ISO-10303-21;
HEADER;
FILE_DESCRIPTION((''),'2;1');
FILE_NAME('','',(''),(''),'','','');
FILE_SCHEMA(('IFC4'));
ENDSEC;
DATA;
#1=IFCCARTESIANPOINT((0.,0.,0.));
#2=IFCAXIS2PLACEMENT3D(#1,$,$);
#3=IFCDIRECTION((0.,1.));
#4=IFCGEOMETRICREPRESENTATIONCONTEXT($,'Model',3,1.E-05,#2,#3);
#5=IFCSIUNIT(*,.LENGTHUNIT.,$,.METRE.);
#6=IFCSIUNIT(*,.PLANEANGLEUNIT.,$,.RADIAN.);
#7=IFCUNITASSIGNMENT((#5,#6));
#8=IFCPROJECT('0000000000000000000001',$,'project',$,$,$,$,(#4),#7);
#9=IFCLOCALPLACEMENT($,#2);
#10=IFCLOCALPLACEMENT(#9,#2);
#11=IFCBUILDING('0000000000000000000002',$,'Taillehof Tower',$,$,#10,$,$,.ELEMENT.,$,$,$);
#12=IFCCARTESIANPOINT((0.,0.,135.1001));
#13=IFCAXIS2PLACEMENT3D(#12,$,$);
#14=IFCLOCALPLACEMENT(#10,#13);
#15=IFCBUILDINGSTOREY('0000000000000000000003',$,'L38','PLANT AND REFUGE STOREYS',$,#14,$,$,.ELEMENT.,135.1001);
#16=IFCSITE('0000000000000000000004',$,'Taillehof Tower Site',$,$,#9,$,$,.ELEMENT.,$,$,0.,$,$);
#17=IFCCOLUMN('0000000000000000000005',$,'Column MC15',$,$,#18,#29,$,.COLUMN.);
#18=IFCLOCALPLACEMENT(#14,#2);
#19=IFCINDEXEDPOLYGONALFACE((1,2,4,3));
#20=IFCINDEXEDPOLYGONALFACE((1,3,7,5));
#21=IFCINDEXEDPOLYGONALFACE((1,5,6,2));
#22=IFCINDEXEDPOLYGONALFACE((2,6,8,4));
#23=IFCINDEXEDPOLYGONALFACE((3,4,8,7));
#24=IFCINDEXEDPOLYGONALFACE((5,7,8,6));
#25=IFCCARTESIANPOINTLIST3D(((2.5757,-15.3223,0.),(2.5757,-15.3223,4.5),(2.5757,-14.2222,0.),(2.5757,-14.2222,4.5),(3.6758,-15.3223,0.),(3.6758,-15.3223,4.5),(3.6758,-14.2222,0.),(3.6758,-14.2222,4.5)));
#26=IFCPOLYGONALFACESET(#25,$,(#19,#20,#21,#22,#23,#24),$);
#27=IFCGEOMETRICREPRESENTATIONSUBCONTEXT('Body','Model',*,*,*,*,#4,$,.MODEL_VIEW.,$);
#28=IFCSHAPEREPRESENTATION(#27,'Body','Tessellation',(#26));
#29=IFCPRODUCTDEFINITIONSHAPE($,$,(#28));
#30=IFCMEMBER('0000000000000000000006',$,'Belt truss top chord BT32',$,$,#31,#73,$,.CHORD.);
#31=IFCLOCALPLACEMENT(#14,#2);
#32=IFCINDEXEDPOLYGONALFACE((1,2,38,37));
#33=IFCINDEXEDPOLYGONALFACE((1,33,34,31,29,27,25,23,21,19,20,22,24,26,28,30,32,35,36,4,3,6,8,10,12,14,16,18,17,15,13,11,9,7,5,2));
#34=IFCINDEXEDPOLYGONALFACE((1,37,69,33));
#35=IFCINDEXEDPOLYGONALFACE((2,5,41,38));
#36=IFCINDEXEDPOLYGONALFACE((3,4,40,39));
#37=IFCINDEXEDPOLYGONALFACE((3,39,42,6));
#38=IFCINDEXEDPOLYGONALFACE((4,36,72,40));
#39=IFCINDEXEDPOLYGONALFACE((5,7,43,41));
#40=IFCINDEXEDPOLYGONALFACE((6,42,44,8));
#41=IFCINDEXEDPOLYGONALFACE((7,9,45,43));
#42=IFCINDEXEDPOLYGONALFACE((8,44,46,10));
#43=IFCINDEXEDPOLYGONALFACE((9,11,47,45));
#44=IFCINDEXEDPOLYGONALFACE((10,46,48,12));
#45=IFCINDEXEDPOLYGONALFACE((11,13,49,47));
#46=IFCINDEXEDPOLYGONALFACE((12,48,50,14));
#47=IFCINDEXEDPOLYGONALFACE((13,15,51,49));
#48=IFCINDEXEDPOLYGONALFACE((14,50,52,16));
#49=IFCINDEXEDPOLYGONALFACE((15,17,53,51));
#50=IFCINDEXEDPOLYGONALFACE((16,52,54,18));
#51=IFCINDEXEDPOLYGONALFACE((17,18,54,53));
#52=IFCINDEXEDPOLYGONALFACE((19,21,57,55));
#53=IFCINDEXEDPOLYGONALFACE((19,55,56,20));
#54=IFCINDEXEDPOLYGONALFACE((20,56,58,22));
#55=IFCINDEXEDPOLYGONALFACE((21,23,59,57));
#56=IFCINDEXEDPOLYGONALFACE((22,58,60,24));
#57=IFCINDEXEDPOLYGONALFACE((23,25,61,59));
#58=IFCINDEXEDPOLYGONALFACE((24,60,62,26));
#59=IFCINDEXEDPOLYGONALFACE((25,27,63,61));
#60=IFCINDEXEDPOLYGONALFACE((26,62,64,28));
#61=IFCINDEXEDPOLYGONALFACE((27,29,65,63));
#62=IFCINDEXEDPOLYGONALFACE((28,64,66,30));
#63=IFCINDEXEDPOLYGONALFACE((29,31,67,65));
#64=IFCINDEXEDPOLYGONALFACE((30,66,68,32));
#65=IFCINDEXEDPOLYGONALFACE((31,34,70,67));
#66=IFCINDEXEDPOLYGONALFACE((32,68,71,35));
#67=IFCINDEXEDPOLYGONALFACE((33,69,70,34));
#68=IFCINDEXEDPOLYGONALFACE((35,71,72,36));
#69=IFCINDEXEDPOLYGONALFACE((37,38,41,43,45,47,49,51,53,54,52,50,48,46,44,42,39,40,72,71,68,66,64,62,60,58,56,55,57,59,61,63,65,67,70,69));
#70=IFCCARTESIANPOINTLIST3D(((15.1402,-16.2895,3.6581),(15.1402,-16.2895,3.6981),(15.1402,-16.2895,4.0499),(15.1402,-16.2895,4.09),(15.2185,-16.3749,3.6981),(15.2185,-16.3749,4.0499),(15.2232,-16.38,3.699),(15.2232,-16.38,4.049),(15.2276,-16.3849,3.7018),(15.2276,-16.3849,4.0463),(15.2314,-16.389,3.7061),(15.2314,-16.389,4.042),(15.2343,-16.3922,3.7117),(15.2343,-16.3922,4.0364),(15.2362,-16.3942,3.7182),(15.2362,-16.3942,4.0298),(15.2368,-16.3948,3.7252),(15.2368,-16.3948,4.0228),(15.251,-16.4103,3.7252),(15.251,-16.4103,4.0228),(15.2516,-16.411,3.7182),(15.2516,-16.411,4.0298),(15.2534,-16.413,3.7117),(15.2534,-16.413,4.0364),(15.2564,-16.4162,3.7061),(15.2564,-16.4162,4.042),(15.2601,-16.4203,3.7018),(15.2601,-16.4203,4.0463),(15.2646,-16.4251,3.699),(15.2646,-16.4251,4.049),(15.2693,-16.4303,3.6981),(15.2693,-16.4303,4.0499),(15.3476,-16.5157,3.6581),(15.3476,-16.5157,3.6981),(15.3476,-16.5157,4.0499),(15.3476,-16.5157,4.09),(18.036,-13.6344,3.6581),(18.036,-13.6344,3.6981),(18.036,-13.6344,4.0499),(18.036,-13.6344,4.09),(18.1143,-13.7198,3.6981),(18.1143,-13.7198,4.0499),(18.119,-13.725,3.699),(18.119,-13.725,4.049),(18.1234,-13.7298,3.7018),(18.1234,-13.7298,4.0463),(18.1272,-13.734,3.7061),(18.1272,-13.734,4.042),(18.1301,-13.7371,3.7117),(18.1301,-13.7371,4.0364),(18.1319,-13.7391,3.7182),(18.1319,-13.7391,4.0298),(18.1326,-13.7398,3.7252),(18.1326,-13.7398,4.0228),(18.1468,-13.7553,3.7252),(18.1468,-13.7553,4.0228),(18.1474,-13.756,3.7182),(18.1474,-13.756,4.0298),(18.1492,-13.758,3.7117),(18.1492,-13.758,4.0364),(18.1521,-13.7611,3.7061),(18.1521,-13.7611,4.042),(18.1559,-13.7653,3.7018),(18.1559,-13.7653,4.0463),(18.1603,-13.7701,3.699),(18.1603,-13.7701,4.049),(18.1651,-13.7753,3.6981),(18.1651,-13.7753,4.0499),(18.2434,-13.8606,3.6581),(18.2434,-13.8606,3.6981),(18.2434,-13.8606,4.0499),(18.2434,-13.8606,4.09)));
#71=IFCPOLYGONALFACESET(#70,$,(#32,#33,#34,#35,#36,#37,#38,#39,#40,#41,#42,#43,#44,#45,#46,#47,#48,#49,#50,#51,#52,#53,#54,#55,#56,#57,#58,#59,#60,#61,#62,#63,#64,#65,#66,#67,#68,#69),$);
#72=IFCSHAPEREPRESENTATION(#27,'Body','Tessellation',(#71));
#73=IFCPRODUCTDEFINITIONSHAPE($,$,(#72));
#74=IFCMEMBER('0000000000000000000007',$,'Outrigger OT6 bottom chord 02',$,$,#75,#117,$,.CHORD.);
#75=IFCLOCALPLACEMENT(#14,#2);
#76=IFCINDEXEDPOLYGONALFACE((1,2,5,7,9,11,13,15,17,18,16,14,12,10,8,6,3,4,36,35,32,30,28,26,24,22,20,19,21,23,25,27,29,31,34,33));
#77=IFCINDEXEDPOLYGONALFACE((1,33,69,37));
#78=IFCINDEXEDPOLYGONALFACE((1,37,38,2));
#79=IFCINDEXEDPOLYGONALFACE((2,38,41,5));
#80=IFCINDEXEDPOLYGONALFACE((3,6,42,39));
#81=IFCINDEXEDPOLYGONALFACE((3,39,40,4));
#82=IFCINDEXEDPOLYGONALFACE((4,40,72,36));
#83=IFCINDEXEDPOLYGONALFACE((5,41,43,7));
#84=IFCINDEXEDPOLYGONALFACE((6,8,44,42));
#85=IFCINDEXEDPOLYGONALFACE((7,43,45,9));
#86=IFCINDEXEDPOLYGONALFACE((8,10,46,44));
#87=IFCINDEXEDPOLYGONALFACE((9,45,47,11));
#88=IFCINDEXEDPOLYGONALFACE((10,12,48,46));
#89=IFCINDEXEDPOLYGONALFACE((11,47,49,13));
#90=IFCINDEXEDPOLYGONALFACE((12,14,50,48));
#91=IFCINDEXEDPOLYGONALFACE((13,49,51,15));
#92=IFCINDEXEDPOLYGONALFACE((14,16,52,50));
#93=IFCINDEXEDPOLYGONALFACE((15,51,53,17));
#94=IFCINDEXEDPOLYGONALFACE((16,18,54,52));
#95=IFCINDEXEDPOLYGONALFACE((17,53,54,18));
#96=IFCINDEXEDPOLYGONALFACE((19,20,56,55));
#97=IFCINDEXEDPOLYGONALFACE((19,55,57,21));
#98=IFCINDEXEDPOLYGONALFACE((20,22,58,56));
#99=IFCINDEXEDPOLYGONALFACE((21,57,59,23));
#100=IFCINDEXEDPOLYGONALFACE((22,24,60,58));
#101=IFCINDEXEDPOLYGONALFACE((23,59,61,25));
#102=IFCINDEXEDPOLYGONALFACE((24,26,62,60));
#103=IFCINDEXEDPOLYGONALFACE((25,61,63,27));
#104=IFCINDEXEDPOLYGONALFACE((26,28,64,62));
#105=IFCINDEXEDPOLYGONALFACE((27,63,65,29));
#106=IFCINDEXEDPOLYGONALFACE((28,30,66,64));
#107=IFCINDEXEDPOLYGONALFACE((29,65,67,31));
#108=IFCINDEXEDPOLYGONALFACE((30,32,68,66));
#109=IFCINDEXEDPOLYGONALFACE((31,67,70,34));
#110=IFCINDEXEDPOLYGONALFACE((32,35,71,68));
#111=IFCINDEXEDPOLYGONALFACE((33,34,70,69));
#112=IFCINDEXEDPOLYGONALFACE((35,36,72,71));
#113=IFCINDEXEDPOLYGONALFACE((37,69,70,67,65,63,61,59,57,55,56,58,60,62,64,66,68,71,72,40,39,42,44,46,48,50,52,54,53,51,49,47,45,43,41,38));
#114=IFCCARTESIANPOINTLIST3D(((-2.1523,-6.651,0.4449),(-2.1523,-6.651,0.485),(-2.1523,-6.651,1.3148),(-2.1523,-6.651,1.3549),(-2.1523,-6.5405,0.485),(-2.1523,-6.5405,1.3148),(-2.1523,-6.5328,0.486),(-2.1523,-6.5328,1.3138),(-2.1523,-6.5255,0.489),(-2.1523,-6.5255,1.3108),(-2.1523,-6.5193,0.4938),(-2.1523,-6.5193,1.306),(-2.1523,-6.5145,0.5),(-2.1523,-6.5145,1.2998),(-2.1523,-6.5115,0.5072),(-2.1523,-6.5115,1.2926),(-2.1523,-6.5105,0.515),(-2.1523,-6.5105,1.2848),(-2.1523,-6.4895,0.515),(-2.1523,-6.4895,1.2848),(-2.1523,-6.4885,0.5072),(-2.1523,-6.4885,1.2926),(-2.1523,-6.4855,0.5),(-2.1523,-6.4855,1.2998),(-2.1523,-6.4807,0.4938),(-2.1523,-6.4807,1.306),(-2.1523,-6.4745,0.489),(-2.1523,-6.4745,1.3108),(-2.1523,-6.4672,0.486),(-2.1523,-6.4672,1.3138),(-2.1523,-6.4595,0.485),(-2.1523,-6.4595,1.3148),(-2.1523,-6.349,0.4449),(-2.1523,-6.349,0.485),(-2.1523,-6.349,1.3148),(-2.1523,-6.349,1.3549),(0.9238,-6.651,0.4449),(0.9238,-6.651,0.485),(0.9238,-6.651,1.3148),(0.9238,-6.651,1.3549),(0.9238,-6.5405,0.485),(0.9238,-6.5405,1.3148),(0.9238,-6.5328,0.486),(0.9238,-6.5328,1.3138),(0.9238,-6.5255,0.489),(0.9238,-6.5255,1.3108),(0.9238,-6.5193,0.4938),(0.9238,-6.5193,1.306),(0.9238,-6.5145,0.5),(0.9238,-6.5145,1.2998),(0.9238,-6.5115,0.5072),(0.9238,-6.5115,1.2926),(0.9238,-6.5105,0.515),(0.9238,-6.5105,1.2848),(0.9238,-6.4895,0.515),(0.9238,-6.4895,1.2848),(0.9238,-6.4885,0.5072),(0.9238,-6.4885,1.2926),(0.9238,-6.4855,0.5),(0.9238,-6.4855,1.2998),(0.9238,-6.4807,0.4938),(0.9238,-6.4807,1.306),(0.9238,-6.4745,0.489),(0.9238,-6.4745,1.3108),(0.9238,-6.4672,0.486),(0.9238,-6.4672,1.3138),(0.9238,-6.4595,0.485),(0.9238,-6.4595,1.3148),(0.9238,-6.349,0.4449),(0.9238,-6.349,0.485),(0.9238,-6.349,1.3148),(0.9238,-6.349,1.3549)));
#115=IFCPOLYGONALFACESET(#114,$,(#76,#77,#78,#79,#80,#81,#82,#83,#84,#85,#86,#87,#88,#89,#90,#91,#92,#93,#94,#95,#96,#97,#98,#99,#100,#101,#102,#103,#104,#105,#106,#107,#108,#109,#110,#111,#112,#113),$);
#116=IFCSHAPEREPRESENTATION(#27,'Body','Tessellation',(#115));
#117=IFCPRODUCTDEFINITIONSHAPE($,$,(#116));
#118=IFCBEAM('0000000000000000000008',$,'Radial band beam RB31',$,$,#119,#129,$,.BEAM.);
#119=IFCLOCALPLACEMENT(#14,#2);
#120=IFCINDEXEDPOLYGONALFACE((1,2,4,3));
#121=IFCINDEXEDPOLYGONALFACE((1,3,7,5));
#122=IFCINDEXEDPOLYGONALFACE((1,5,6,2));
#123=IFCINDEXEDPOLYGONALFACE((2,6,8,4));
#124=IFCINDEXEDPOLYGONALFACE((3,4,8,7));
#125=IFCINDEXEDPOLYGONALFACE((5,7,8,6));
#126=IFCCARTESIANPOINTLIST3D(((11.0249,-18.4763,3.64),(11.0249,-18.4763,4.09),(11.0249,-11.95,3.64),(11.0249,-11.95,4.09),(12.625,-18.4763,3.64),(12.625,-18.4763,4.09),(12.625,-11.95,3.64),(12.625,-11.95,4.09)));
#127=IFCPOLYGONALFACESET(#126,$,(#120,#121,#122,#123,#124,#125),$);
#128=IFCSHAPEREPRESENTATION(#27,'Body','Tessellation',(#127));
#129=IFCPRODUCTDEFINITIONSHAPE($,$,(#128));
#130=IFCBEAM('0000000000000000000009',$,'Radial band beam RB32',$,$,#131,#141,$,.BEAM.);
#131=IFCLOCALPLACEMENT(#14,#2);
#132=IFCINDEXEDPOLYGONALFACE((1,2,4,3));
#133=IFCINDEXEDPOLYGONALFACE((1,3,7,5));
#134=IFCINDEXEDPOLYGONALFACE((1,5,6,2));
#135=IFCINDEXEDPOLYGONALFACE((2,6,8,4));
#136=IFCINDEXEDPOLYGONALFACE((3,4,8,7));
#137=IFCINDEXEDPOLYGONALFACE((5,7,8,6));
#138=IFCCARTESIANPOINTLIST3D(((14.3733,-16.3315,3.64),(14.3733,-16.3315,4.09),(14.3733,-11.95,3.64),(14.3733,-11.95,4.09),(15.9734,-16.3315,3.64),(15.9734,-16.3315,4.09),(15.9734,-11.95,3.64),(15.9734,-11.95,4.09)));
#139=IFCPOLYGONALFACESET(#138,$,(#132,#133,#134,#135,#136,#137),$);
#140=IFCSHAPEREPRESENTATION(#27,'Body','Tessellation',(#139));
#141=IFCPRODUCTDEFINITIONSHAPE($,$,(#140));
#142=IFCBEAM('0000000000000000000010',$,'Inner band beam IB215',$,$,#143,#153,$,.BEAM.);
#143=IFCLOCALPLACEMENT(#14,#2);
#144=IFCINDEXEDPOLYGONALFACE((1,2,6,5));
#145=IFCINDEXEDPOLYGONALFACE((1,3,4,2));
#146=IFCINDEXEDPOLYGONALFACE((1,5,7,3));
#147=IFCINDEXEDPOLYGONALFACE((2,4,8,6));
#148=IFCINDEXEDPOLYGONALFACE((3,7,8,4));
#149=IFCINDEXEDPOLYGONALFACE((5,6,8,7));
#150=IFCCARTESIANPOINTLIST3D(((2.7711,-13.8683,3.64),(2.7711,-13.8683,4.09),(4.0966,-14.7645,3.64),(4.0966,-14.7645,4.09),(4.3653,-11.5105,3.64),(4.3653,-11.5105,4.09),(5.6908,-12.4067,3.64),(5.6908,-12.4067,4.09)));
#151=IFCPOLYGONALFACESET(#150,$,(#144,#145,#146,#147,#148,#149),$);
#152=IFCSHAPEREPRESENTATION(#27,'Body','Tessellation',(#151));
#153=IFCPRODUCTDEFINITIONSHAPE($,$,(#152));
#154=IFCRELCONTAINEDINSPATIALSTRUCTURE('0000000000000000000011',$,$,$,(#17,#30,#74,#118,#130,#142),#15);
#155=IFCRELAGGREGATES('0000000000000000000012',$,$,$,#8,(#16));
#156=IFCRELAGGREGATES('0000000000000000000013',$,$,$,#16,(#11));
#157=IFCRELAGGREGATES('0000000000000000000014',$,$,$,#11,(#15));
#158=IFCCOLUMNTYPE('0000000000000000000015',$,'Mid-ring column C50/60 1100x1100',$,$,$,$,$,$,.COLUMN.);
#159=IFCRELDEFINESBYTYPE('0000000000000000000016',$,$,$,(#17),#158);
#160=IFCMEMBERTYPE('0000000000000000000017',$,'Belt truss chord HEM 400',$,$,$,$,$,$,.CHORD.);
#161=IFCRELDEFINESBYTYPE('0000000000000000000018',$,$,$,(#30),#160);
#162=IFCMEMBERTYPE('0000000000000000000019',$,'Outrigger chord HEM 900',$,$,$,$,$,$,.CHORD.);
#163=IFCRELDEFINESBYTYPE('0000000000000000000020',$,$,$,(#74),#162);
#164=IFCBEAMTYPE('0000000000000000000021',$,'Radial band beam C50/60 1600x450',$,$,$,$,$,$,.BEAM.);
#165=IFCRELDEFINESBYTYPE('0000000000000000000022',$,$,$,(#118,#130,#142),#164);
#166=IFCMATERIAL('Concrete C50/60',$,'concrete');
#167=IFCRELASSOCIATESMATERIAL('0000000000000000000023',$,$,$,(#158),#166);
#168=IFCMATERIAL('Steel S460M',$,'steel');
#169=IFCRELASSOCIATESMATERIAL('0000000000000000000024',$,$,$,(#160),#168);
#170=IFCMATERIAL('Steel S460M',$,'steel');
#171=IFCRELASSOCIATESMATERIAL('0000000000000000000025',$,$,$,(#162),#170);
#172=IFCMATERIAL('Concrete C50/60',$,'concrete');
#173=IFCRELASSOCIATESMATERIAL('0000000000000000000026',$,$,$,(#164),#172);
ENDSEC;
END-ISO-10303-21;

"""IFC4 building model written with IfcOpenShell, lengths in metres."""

from ifc_helpers import new_model, si_unit, direction, frame, origin, origin_2d, place, context, subcontext, project, spatial, rectangle, i_section, extrude, material, material_profile, profile_set, type_object, element, save


model = new_model("IFC4")

# Units and contexts
model_context = context("Model", 3, precision=1e-05, world=origin(), true_north=direction((0.0, 1.0)))
body_context = subcontext(model_context, "Body", "Model", "MODEL_VIEW")
ifc_project = project(units=[si_unit("LENGTHUNIT", "METRE"), si_unit("PLANEANGLEUNIT", "RADIAN")], contexts=[model_context])

# Site, building, storey
site_placement = place(None, origin())
site = spatial("IfcSite", under=ifc_project, at=site_placement, Name="Taillehof Tower Site", CompositionType="ELEMENT", RefElevation=0.0)
building_placement = place(site_placement, origin())
building = spatial("IfcBuilding", under=site, at=building_placement, Name="Taillehof Tower", CompositionType="ELEMENT")
storey_placement = place(building_placement, frame((0.0, 0.0, 135.1001)))
storey = spatial("IfcBuildingStorey", under=building, at=storey_placement, Name="L38", Description="PLANT AND REFUGE STOREYS", CompositionType="ELEMENT", Elevation=135.1001)

# Column
ifc_material_1 = material(Name="Concrete C50/60", Category="concrete")
ifc_material_profile_1 = material_profile(ifc_material_1, rectangle(XDim=1.1001, YDim=1.1001, at=origin_2d()), Name="RC 1100x1100")
ifc_profile_set_1 = profile_set([ifc_material_profile_1], Name="Concrete C50/60")
column_type = type_object("IfcColumnType", Name="Mid-ring column C50/60 1100x1100", PredefinedType="COLUMN", material=ifc_profile_set_1)
column_placement = place(storey_placement, frame((3.1257, -14.7722, 0.0), z_axis=(0.0, 0.0, 1.0), x_axis=(1.0, 0.0, 0.0)))
element("IfcColumn", 1, at=column_placement, inside=storey, type_object=column_type, Name="Column MC15", PredefinedType="COLUMN", context=body_context, shape_type="SweptSolid", body=[
    extrude(rectangle(XDim=1.1001, YDim=1.1001, at=origin_2d()), origin(), (0.0, 0.0, 1.0), 4.5),
])

# Members
ifc_material_2 = material(Name="Steel S460M", Category="steel")
ifc_material_profile_2 = material_profile(ifc_material_2, i_section(OverallWidth=0.3069, OverallDepth=0.4319, WebThickness=0.021, FlangeThickness=0.04, FilletRadius=0.0271, at=origin_2d()), Name="HEM 400")
ifc_profile_set_2 = profile_set([ifc_material_profile_2], Name="Steel S460M")
member_type_1 = type_object("IfcMemberType", Name="Belt truss chord HEM 400", PredefinedType="CHORD", material=ifc_profile_set_2)
member_1_placement = place(storey_placement, frame((15.2439, -16.4026, 3.874), z_axis=(0.737079, 0.675806, 0.0), x_axis=(-0.675806, 0.737079, 0.0)))
element("IfcMember", 2, at=member_1_placement, inside=storey, type_object=member_type_1, Name="Belt truss top chord BT32", PredefinedType="CHORD", context=body_context, shape_type="SweptSolid", body=[
    extrude(i_section(OverallWidth=0.3069, OverallDepth=0.4319, WebThickness=0.021, FlangeThickness=0.04, FilletRadius=0.0271, at=origin_2d()), origin(), (0.0, 0.0, 1.0), 3.9287),
])
ifc_material_3 = material(Name="Steel S460M", Category="steel")
ifc_material_profile_3 = material_profile(ifc_material_3, i_section(OverallWidth=0.302, OverallDepth=0.9099, WebThickness=0.021, FlangeThickness=0.04, FilletRadius=0.03, at=origin_2d()), Name="HEM 900")
ifc_profile_set_3 = profile_set([ifc_material_profile_3], Name="Steel S460M")
member_type_2 = type_object("IfcMemberType", Name="Outrigger chord HEM 900", PredefinedType="CHORD", material=ifc_profile_set_3)
member_2_placement = place(storey_placement, frame((0.9238, -6.5, 0.8999), z_axis=(-1.0, 0.0, 0.0), x_axis=(0.0, -1.0, 0.0)))
element("IfcMember", 3, at=member_2_placement, inside=storey, type_object=member_type_2, Name="Outrigger OT6 bottom chord 02", PredefinedType="CHORD", context=body_context, shape_type="SweptSolid", body=[
    extrude(i_section(OverallWidth=0.302, OverallDepth=0.9099, WebThickness=0.021, FlangeThickness=0.04, FilletRadius=0.03, at=origin_2d()), origin(), (0.0, 0.0, 1.0), 3.0762),
])

# Beams
ifc_material_4 = material(Name="Concrete C50/60", Category="concrete")
ifc_material_profile_4 = material_profile(ifc_material_4, rectangle(XDim=1.6001, YDim=0.45, at=origin_2d()), Name="RC 1600x450")
ifc_profile_set_4 = profile_set([ifc_material_profile_4], Name="Concrete C50/60")
beam_type = type_object("IfcBeamType", Name="Radial band beam C50/60 1600x450", PredefinedType="BEAM", material=ifc_profile_set_4)
beam_1_placement = place(storey_placement, frame((11.825, -18.4763, 3.865), z_axis=(0.0, 1.0, 0.0), x_axis=(-1.0, 0.0, 0.0)))
element("IfcBeam", 4, at=beam_1_placement, inside=storey, type_object=beam_type, Name="Radial band beam RB31", PredefinedType="BEAM", context=body_context, shape_type="SweptSolid", body=[
    extrude(rectangle(XDim=1.6001, YDim=0.45, at=origin_2d()), origin(), (0.0, 0.0, 1.0), 6.5264),
])
beam_2_placement = place(storey_placement, frame((15.1733, -16.3315, 3.865), z_axis=(0.0, 1.0, 0.0), x_axis=(-1.0, 0.0, 0.0)))
element("IfcBeam", 5, at=beam_2_placement, inside=storey, type_object=beam_type, Name="Radial band beam RB32", PredefinedType="BEAM", context=body_context, shape_type="SweptSolid", body=[
    extrude(rectangle(XDim=1.6001, YDim=0.45, at=origin_2d()), origin(), (0.0, 0.0, 1.0), 4.3816),
])
beam_3_placement = place(storey_placement, frame((3.4338, -14.3164, 3.865), z_axis=(0.560112, 0.828417, 0.0), x_axis=(-0.828417, 0.560112, 0.0)))
element("IfcBeam", 6, at=beam_3_placement, inside=storey, type_object=beam_type, Name="Inner band beam IB215", PredefinedType="BEAM", context=body_context, shape_type="SweptSolid", body=[
    extrude(rectangle(XDim=1.6001, YDim=0.45, at=origin_2d()), origin(), (0.0, 0.0, 1.0), 2.8462),
])

save(model, "model.ifc")
